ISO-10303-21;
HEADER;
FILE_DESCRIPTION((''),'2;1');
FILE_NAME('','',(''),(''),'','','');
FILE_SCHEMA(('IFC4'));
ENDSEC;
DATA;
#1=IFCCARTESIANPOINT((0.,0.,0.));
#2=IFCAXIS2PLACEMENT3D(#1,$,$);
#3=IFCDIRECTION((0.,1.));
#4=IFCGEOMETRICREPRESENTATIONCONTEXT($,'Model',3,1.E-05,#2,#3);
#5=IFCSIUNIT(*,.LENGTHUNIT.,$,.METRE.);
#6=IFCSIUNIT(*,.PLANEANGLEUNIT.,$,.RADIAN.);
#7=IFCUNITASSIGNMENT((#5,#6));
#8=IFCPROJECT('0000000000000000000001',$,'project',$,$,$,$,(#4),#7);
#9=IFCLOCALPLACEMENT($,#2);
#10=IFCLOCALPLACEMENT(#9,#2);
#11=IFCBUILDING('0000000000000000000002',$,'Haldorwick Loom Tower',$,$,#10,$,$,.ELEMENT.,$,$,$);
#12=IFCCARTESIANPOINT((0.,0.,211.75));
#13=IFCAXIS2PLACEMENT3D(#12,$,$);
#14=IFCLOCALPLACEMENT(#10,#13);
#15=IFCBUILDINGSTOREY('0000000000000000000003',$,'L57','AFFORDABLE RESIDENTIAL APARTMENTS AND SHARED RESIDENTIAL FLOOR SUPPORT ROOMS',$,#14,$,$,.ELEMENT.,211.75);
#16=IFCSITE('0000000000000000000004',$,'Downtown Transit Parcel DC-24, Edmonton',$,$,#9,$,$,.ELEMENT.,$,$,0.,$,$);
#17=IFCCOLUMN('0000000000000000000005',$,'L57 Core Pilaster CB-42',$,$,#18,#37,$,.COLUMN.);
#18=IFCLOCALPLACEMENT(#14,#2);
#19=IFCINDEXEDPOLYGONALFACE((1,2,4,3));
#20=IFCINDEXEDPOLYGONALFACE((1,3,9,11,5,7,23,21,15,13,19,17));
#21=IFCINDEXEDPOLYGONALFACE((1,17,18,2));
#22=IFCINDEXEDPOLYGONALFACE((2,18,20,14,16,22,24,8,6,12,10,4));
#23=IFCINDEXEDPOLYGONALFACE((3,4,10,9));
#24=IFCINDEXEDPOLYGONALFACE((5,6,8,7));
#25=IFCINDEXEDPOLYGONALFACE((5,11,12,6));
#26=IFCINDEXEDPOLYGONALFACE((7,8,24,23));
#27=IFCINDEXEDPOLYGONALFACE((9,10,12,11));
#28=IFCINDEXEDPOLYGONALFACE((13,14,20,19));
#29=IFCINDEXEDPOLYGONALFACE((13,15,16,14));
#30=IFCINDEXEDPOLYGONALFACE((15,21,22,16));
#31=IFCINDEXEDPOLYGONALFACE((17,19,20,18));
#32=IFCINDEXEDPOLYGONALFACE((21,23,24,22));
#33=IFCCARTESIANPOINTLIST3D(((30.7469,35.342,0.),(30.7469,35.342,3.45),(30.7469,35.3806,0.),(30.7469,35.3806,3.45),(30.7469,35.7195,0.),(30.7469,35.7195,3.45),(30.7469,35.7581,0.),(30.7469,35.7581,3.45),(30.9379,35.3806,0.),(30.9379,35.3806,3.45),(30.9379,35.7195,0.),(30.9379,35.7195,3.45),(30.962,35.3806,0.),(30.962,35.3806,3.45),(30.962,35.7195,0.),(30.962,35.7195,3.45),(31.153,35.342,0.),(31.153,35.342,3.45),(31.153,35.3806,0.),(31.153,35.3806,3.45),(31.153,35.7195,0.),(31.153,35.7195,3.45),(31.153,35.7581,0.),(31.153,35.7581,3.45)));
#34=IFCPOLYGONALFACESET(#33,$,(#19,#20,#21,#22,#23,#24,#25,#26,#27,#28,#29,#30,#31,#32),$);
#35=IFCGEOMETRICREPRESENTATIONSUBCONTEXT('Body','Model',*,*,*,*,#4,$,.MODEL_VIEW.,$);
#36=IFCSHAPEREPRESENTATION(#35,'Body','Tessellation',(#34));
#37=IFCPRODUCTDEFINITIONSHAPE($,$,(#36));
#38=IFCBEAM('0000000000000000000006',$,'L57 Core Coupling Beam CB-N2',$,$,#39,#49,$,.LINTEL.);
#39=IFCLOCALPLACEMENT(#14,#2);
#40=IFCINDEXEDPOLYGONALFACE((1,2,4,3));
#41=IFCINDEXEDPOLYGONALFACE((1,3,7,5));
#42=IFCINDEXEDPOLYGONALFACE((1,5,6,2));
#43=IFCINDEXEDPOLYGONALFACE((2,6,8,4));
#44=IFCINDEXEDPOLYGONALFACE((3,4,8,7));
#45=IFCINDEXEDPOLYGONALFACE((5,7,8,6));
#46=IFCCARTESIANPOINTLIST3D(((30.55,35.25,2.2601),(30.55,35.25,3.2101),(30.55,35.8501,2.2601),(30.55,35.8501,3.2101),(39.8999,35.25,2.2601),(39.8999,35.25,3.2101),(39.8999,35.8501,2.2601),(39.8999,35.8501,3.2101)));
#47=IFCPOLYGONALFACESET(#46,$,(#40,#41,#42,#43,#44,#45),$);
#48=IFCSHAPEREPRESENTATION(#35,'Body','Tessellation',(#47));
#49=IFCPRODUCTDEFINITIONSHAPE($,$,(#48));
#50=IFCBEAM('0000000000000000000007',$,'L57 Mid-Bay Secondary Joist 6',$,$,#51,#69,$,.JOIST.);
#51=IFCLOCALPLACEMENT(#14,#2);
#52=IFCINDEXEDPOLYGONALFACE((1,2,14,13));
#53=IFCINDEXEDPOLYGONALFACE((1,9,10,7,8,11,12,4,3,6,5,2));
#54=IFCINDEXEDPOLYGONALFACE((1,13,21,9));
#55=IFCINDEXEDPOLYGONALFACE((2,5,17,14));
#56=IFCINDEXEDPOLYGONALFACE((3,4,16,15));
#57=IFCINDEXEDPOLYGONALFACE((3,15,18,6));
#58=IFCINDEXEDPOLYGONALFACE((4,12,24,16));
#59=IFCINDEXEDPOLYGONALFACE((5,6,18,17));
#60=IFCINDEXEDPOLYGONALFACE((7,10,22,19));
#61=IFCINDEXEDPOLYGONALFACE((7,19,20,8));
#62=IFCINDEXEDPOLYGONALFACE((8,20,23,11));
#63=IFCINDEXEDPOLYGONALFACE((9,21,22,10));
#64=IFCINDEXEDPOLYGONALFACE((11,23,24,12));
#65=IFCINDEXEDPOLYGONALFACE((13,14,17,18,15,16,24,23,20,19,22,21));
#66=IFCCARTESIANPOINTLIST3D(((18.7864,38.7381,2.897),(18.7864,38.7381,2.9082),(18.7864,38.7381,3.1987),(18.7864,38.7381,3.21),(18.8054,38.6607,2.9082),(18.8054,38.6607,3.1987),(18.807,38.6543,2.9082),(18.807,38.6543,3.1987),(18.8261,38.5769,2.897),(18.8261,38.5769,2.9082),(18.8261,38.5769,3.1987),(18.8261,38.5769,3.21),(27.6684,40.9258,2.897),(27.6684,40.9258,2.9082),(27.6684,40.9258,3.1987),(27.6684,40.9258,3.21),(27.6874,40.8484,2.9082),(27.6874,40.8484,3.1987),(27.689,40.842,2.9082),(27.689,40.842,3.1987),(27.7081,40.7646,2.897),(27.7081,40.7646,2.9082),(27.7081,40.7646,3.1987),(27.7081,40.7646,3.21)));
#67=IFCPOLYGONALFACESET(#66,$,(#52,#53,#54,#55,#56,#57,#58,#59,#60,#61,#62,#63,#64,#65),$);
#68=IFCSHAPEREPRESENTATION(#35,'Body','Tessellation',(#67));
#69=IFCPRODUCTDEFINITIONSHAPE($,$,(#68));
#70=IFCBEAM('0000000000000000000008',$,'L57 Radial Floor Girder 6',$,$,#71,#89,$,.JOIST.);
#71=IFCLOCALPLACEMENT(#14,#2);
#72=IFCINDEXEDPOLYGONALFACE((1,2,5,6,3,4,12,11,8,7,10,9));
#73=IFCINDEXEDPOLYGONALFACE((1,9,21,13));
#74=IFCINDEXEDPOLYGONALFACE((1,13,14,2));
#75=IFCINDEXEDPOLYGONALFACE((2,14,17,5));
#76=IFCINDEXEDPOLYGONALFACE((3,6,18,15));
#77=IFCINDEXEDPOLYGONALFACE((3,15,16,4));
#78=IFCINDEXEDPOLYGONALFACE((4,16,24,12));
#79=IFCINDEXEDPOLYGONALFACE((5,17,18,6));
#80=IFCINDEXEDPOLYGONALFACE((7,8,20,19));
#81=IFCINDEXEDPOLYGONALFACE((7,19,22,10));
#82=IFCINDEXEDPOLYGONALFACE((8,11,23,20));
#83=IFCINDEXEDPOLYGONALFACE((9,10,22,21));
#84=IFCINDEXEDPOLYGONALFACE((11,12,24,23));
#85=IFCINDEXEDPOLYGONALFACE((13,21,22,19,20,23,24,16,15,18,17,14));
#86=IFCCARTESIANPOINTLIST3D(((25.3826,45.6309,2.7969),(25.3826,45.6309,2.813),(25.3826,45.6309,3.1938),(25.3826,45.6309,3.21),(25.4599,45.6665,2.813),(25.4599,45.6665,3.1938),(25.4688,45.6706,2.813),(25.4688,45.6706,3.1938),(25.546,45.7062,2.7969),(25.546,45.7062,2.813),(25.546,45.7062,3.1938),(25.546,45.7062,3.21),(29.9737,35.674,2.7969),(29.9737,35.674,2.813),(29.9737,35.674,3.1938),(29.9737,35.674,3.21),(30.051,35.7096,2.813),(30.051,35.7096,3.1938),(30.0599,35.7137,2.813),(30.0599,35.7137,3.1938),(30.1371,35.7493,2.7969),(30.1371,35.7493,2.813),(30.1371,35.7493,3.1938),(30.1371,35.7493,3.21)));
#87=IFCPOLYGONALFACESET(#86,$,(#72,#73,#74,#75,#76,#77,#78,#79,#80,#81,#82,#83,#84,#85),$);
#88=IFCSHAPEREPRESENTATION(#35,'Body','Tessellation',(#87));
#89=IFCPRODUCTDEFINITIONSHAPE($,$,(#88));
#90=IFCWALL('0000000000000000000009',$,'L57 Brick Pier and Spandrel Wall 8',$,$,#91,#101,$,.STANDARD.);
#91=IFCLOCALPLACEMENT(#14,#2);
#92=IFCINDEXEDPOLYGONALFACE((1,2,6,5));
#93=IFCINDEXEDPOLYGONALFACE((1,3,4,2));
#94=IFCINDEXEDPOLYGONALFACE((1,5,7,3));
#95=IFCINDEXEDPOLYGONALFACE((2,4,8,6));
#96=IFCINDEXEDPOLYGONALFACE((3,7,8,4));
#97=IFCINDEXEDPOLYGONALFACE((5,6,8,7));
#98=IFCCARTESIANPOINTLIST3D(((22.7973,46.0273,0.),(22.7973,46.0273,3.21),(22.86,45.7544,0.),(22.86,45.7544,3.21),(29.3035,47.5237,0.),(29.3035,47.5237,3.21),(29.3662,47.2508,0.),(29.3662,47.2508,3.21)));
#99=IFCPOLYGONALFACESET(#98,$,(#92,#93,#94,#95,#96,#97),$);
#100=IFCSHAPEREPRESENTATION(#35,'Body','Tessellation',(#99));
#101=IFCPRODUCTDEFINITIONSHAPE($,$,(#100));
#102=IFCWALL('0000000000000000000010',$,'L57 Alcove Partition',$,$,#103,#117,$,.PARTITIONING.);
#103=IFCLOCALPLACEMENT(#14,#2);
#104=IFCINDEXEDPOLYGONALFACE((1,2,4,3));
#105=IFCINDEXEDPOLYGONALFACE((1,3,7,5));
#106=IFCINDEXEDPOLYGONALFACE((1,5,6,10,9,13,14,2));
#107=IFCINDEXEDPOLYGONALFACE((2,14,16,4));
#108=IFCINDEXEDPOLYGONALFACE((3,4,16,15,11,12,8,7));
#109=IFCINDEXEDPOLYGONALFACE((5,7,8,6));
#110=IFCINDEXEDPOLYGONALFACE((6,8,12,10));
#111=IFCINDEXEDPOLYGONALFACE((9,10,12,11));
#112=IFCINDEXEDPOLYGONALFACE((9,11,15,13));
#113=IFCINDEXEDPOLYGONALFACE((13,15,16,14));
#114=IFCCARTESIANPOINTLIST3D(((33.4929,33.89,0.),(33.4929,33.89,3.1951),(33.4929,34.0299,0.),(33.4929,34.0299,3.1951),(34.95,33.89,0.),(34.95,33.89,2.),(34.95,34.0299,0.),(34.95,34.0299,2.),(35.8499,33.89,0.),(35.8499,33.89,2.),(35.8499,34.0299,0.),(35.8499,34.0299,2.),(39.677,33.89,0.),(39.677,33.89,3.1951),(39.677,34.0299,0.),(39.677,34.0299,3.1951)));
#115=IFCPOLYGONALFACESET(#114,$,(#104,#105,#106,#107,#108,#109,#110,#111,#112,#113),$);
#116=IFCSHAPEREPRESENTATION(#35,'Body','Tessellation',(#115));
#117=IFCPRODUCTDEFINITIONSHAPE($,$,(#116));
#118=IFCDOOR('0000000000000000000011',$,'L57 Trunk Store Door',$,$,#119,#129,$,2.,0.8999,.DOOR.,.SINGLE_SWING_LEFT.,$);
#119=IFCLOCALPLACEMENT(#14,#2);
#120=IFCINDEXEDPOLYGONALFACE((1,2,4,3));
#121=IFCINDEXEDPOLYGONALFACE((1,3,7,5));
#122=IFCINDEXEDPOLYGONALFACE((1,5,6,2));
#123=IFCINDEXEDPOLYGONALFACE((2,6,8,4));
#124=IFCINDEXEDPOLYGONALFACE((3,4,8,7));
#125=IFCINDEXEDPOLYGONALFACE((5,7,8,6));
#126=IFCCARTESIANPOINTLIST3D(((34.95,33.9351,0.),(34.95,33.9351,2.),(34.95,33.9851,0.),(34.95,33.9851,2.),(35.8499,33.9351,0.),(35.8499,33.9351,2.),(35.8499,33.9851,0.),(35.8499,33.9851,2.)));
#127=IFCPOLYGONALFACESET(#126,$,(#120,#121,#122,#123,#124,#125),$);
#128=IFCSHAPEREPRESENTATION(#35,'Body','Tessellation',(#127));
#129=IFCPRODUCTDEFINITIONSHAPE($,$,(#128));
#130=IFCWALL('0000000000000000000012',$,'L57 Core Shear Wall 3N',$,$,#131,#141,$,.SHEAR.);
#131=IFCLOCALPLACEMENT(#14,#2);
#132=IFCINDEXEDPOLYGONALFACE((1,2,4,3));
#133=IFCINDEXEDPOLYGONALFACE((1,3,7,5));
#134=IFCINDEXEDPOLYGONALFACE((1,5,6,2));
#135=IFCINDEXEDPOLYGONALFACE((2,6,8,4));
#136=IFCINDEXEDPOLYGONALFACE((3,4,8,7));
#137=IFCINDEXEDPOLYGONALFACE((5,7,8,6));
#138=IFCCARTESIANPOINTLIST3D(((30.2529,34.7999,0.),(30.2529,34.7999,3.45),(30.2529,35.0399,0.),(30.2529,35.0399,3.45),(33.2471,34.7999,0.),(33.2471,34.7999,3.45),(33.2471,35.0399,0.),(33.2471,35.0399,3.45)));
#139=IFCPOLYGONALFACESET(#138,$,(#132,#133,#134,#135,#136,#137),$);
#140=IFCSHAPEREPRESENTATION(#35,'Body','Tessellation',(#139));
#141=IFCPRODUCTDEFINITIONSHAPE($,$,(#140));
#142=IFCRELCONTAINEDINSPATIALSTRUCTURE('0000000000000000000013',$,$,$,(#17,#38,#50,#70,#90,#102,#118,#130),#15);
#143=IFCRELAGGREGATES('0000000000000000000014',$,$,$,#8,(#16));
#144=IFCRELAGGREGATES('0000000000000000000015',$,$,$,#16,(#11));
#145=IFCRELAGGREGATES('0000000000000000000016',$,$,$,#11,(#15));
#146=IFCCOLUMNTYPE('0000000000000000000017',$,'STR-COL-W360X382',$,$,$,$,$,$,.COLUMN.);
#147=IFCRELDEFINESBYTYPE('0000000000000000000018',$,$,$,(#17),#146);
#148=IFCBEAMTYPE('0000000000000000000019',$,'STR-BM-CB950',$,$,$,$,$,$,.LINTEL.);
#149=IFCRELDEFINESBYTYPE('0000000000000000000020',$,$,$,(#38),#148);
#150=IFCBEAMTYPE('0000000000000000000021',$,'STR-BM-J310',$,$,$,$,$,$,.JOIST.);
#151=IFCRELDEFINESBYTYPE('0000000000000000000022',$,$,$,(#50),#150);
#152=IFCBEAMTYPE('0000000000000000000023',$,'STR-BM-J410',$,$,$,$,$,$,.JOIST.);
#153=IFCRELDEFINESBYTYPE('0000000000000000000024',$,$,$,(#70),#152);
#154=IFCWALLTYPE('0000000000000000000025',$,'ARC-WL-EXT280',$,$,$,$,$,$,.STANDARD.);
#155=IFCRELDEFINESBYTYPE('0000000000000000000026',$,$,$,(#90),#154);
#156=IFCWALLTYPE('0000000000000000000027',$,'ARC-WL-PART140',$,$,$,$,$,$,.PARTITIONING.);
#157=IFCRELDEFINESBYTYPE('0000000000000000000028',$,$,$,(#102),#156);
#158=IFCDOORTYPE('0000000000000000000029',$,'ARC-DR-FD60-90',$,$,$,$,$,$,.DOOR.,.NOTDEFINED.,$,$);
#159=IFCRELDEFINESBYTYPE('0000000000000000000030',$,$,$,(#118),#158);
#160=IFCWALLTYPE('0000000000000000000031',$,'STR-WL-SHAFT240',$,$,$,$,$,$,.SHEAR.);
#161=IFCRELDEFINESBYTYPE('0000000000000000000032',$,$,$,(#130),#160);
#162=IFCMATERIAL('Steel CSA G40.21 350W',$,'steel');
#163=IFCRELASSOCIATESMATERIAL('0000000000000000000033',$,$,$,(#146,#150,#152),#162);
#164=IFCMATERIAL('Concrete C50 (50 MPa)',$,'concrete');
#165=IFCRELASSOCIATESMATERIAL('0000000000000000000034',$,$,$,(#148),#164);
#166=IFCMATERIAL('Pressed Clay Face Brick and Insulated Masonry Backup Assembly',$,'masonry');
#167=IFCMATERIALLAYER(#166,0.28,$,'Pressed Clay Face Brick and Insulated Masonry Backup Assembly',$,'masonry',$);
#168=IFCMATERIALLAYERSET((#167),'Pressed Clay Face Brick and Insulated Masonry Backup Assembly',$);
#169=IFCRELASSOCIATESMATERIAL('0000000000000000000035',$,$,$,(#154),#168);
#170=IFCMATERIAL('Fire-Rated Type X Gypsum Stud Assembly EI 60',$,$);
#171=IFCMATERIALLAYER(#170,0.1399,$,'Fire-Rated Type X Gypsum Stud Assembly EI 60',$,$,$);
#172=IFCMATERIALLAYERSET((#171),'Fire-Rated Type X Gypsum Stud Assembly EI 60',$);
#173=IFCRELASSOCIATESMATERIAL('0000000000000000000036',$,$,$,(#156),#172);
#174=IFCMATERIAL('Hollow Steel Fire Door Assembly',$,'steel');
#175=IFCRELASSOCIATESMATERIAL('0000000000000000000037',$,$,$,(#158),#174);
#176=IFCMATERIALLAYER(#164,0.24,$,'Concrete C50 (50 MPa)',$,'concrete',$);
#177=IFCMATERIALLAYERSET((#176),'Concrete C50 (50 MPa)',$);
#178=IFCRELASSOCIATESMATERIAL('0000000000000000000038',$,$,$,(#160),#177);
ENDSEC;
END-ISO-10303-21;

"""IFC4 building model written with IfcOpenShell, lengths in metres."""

from ifc_helpers import new_model, si_unit, direction, frame, frame_2d, origin, origin_2d, place, context, subcontext, project, spatial, rectangle, i_section, extrude, material, layer, layer_set, material_profile, profile_set, type_object, element, fill, save


model = new_model("IFC4")

# Units and contexts
model_context = context("Model", 3, precision=1e-05, world=origin(), true_north=direction((0.0, 1.0)))
body_context = subcontext(model_context, "Body", "Model", "MODEL_VIEW")
ifc_project = project(units=[si_unit("LENGTHUNIT", "METRE"), si_unit("PLANEANGLEUNIT", "RADIAN")], contexts=[model_context])

# Site, building, storey
site_placement = place(None, origin())
site = spatial("IfcSite", under=ifc_project, at=site_placement, Name="Downtown Transit Parcel DC-24, Edmonton", CompositionType="ELEMENT", RefElevation=0.0)
building_placement = place(site_placement, origin())
building = spatial("IfcBuilding", under=site, at=building_placement, Name="Haldorwick Loom Tower", CompositionType="ELEMENT")
storey_placement = place(building_placement, frame((0.0, 0.0, 211.75)))
storey = spatial("IfcBuildingStorey", under=building, at=storey_placement, Name="L57", Description="AFFORDABLE RESIDENTIAL APARTMENTS AND SHARED RESIDENTIAL FLOOR SUPPORT ROOMS", CompositionType="ELEMENT", Elevation=211.75)

# Column
ifc_material_1 = material(Name="Steel CSA G40.21 350W", Category="steel")
ifc_material_profile_1 = material_profile(ifc_material_1, i_section(OverallWidth=0.406, OverallDepth=0.416, WebThickness=0.0242, FlangeThickness=0.0386, at=origin_2d()), Name="W360X382", Category="steel")
ifc_profile_set_1 = profile_set([ifc_material_profile_1], Name="Steel CSA G40.21 350W")
column_type_1 = type_object("IfcColumnType", Name="STR-COL-W360X382", PredefinedType="COLUMN", material=ifc_profile_set_1)
for number, where, z_axis, x_axis, name in (
    (1, (30.95, 35.55, 0.0), (0.0, 0.0, 1.0), (1.0, 0.0, 0.0), "L57 Core Pilaster CB-42"),
):
    element("IfcColumn", number, at=place(storey_placement, frame(where, z_axis=z_axis, x_axis=x_axis)), inside=storey, type_object=column_type_1, Name=name, PredefinedType="COLUMN", context=body_context, shape_type="SweptSolid", body=[
        extrude(i_section(OverallWidth=0.406, OverallDepth=0.416, WebThickness=0.0242, FlangeThickness=0.0386, at=origin_2d()), origin(), (0.0, 0.0, 1.0), 3.45),
    ])

# Beams
ifc_material_2 = material(Name="Concrete C50 (50 MPa)", Category="concrete")
ifc_material_profile_2 = material_profile(ifc_material_2, rectangle(XDim=0.6001, YDim=0.95, at=origin_2d()), Name="RC600X950", Category="concrete")
ifc_profile_set_2 = profile_set([ifc_material_profile_2], Name="Concrete C50 (50 MPa)")
beam_type_1 = type_object("IfcBeamType", Name="STR-BM-CB950", PredefinedType="LINTEL", material=ifc_profile_set_2)
beam_1_placement = place(storey_placement, frame((30.55, 35.55, 2.7351), z_axis=(1.0, 0.0, 0.0), x_axis=(0.0, 1.0, 0.0)))
element("IfcBeam", 2, at=beam_1_placement, inside=storey, type_object=beam_type_1, Name="L57 Core Coupling Beam CB-N2", PredefinedType="LINTEL", context=body_context, shape_type="SweptSolid", body=[
    extrude(rectangle(XDim=0.6001, YDim=0.95, at=origin_2d()), origin(), (0.0, 0.0, 1.0), 9.3499),
])
ifc_material_profile_3 = material_profile(ifc_material_1, i_section(OverallWidth=0.166, OverallDepth=0.313, WebThickness=0.0066, FlangeThickness=0.0112, at=origin_2d()), Name="W310X45", Category="steel")
ifc_profile_set_3 = profile_set([ifc_material_profile_3], Name="Steel CSA G40.21 350W")
beam_type_2 = type_object("IfcBeamType", Name="STR-BM-J310", PredefinedType="JOIST", material=ifc_profile_set_3)
beam_2_placement = place(storey_placement, frame((27.6882, 40.8452, 3.0535), z_axis=(-0.97098, -0.239162, 0.0), x_axis=(0.239162, -0.97098, 0.0)))
element("IfcBeam", 3, at=beam_2_placement, inside=storey, type_object=beam_type_2, Name="L57 Mid-Bay Secondary Joist 6", PredefinedType="JOIST", context=body_context, shape_type="SweptSolid", body=[
    extrude(i_section(OverallWidth=0.166, OverallDepth=0.313, WebThickness=0.0066, FlangeThickness=0.0112, at=origin_2d()), origin(), (0.0, 0.0, 1.0), 9.1475),
])
ifc_material_profile_4 = material_profile(ifc_material_1, i_section(OverallWidth=0.1799, OverallDepth=0.4131, WebThickness=0.0098, FlangeThickness=0.0161, at=origin_2d()), Name="W410X74", Category="steel")
ifc_profile_set_4 = profile_set([ifc_material_profile_4], Name="Steel CSA G40.21 350W")
beam_type_3 = type_object("IfcBeamType", Name="STR-BM-J410", PredefinedType="JOIST", material=ifc_profile_set_4)
beam_3_placement = place(storey_placement, frame((30.0554, 35.7117, 3.0034), z_axis=(-0.418729, 0.908111, 0.0), x_axis=(-0.908111, -0.418729, 0.0)))
element("IfcBeam", 4, at=beam_3_placement, inside=storey, type_object=beam_type_3, Name="L57 Radial Floor Girder 6", PredefinedType="JOIST", context=body_context, shape_type="SweptSolid", body=[
    extrude(i_section(OverallWidth=0.1799, OverallDepth=0.4131, WebThickness=0.0098, FlangeThickness=0.0161, at=origin_2d()), origin(), (0.0, 0.0, 1.0), 10.9644),
])

# Wall
ifc_material_3 = material(Name="Pressed Clay Face Brick and Insulated Masonry Backup Assembly", Category="masonry")
ifc_layer_1 = layer(ifc_material_3, 0.28, Name="Pressed Clay Face Brick and Insulated Masonry Backup Assembly", Category="masonry")
ifc_layer_set_1 = layer_set([ifc_layer_1], Name="Pressed Clay Face Brick and Insulated Masonry Backup Assembly")
wall_type_1 = type_object("IfcWallType", Name="ARC-WL-EXT280", PredefinedType="STANDARD", material=ifc_layer_set_1)
wall_1_placement = place(storey_placement, frame((29.3347, 47.3872, 0.0), z_axis=(0.0, 0.0, 1.0), x_axis=(-0.974557, -0.224138, 0.0)))
element("IfcWall", 5, at=wall_1_placement, inside=storey, type_object=wall_type_1, Name="L57 Brick Pier and Spandrel Wall 8", PredefinedType="STANDARD", context=body_context, shape_type="SweptSolid", body=[
    extrude(rectangle(XDim=6.676, YDim=0.28, at=frame_2d((3.3379, 0.0))), origin(), (0.0, 0.0, 1.0), 3.21),
])

# Wall, opening, door
ifc_material_4 = material(Name="Fire-Rated Type X Gypsum Stud Assembly EI 60")
ifc_layer_2 = layer(ifc_material_4, 0.1399, Name="Fire-Rated Type X Gypsum Stud Assembly EI 60")
ifc_layer_set_2 = layer_set([ifc_layer_2], Name="Fire-Rated Type X Gypsum Stud Assembly EI 60")
wall_type_2 = type_object("IfcWallType", Name="ARC-WL-PART140", PredefinedType="PARTITIONING", material=ifc_layer_set_2)
wall_2_placement = place(storey_placement, frame((33.4929, 33.96, 0.0), z_axis=(0.0, 0.0, 1.0), x_axis=(1.0, 0.0, 0.0)))
wall_2 = element("IfcWall", 6, at=wall_2_placement, inside=storey, type_object=wall_type_2, Name="L57 Alcove Partition", PredefinedType="PARTITIONING", context=body_context, shape_type="SweptSolid", body=[
    extrude(rectangle(XDim=6.1841, YDim=0.1399, at=frame_2d((3.092, 0.0))), origin(), (0.0, 0.0, 1.0), 3.1951),
])
opening_placement = place(wall_2_placement, frame((1.457, 0.0, 0.0)))
opening = element("IfcOpeningElement", 7, at=opening_placement, cuts=wall_2, PredefinedType="OPENING", context=body_context, shape_type="SweptSolid", body=[
    extrude(rectangle(XDim=0.8999, YDim=2.0, at=frame_2d((0.45, 1.0))), frame((0.0, 0.0798, 0.0), z_axis=(0.0, -1.0, 0.0), x_axis=(1.0, 0.0, 0.0)), (0.0, 0.0, 1.0), 0.1599),
])
ifc_material_5 = material(Name="Hollow Steel Fire Door Assembly", Category="steel")
door_type = type_object("IfcDoorType", Name="ARC-DR-FD60-90", OperationType="NOTDEFINED", PredefinedType="DOOR", material=ifc_material_5)
door_placement = place(opening_placement, frame((0.8999, 0.0, 0.0), z_axis=(0.0, 0.0, 1.0), x_axis=(-1.0, 0.0, 0.0)))
door = element("IfcDoor", 8, at=door_placement, inside=storey, type_object=door_type, Name="L57 Trunk Store Door", OperationType="SINGLE_SWING_LEFT", OverallHeight=2.0, OverallWidth=0.8999, PredefinedType="DOOR", context=body_context, shape_type="SweptSolid", body=[
    extrude(rectangle(XDim=0.8999, YDim=2.0, at=frame_2d((0.45, 1.0))), frame((0.0, 0.0249, 0.0), z_axis=(0.0, -1.0, 0.0), x_axis=(1.0, 0.0, 0.0)), (0.0, 0.0, 1.0), 0.05),
])
fill(opening, door)

# Wall
ifc_layer_3 = layer(ifc_material_2, 0.24, Name="Concrete C50 (50 MPa)", Category="concrete")
ifc_layer_set_3 = layer_set([ifc_layer_3], Name="Concrete C50 (50 MPa)")
wall_type_3 = type_object("IfcWallType", Name="STR-WL-SHAFT240", PredefinedType="SHEAR", material=ifc_layer_set_3)
wall_3_placement = place(storey_placement, frame((30.2529, 34.9199, 0.0), z_axis=(0.0, 0.0, 1.0), x_axis=(1.0, 0.0, 0.0)))
element("IfcWall", 9, at=wall_3_placement, inside=storey, type_object=wall_type_3, Name="L57 Core Shear Wall 3N", PredefinedType="SHEAR", context=body_context, shape_type="SweptSolid", body=[
    extrude(rectangle(XDim=2.9941, YDim=0.24, at=frame_2d((1.4971, 0.0))), origin(), (0.0, 0.0, 1.0), 3.45),
])

save(model, "model.ifc")
